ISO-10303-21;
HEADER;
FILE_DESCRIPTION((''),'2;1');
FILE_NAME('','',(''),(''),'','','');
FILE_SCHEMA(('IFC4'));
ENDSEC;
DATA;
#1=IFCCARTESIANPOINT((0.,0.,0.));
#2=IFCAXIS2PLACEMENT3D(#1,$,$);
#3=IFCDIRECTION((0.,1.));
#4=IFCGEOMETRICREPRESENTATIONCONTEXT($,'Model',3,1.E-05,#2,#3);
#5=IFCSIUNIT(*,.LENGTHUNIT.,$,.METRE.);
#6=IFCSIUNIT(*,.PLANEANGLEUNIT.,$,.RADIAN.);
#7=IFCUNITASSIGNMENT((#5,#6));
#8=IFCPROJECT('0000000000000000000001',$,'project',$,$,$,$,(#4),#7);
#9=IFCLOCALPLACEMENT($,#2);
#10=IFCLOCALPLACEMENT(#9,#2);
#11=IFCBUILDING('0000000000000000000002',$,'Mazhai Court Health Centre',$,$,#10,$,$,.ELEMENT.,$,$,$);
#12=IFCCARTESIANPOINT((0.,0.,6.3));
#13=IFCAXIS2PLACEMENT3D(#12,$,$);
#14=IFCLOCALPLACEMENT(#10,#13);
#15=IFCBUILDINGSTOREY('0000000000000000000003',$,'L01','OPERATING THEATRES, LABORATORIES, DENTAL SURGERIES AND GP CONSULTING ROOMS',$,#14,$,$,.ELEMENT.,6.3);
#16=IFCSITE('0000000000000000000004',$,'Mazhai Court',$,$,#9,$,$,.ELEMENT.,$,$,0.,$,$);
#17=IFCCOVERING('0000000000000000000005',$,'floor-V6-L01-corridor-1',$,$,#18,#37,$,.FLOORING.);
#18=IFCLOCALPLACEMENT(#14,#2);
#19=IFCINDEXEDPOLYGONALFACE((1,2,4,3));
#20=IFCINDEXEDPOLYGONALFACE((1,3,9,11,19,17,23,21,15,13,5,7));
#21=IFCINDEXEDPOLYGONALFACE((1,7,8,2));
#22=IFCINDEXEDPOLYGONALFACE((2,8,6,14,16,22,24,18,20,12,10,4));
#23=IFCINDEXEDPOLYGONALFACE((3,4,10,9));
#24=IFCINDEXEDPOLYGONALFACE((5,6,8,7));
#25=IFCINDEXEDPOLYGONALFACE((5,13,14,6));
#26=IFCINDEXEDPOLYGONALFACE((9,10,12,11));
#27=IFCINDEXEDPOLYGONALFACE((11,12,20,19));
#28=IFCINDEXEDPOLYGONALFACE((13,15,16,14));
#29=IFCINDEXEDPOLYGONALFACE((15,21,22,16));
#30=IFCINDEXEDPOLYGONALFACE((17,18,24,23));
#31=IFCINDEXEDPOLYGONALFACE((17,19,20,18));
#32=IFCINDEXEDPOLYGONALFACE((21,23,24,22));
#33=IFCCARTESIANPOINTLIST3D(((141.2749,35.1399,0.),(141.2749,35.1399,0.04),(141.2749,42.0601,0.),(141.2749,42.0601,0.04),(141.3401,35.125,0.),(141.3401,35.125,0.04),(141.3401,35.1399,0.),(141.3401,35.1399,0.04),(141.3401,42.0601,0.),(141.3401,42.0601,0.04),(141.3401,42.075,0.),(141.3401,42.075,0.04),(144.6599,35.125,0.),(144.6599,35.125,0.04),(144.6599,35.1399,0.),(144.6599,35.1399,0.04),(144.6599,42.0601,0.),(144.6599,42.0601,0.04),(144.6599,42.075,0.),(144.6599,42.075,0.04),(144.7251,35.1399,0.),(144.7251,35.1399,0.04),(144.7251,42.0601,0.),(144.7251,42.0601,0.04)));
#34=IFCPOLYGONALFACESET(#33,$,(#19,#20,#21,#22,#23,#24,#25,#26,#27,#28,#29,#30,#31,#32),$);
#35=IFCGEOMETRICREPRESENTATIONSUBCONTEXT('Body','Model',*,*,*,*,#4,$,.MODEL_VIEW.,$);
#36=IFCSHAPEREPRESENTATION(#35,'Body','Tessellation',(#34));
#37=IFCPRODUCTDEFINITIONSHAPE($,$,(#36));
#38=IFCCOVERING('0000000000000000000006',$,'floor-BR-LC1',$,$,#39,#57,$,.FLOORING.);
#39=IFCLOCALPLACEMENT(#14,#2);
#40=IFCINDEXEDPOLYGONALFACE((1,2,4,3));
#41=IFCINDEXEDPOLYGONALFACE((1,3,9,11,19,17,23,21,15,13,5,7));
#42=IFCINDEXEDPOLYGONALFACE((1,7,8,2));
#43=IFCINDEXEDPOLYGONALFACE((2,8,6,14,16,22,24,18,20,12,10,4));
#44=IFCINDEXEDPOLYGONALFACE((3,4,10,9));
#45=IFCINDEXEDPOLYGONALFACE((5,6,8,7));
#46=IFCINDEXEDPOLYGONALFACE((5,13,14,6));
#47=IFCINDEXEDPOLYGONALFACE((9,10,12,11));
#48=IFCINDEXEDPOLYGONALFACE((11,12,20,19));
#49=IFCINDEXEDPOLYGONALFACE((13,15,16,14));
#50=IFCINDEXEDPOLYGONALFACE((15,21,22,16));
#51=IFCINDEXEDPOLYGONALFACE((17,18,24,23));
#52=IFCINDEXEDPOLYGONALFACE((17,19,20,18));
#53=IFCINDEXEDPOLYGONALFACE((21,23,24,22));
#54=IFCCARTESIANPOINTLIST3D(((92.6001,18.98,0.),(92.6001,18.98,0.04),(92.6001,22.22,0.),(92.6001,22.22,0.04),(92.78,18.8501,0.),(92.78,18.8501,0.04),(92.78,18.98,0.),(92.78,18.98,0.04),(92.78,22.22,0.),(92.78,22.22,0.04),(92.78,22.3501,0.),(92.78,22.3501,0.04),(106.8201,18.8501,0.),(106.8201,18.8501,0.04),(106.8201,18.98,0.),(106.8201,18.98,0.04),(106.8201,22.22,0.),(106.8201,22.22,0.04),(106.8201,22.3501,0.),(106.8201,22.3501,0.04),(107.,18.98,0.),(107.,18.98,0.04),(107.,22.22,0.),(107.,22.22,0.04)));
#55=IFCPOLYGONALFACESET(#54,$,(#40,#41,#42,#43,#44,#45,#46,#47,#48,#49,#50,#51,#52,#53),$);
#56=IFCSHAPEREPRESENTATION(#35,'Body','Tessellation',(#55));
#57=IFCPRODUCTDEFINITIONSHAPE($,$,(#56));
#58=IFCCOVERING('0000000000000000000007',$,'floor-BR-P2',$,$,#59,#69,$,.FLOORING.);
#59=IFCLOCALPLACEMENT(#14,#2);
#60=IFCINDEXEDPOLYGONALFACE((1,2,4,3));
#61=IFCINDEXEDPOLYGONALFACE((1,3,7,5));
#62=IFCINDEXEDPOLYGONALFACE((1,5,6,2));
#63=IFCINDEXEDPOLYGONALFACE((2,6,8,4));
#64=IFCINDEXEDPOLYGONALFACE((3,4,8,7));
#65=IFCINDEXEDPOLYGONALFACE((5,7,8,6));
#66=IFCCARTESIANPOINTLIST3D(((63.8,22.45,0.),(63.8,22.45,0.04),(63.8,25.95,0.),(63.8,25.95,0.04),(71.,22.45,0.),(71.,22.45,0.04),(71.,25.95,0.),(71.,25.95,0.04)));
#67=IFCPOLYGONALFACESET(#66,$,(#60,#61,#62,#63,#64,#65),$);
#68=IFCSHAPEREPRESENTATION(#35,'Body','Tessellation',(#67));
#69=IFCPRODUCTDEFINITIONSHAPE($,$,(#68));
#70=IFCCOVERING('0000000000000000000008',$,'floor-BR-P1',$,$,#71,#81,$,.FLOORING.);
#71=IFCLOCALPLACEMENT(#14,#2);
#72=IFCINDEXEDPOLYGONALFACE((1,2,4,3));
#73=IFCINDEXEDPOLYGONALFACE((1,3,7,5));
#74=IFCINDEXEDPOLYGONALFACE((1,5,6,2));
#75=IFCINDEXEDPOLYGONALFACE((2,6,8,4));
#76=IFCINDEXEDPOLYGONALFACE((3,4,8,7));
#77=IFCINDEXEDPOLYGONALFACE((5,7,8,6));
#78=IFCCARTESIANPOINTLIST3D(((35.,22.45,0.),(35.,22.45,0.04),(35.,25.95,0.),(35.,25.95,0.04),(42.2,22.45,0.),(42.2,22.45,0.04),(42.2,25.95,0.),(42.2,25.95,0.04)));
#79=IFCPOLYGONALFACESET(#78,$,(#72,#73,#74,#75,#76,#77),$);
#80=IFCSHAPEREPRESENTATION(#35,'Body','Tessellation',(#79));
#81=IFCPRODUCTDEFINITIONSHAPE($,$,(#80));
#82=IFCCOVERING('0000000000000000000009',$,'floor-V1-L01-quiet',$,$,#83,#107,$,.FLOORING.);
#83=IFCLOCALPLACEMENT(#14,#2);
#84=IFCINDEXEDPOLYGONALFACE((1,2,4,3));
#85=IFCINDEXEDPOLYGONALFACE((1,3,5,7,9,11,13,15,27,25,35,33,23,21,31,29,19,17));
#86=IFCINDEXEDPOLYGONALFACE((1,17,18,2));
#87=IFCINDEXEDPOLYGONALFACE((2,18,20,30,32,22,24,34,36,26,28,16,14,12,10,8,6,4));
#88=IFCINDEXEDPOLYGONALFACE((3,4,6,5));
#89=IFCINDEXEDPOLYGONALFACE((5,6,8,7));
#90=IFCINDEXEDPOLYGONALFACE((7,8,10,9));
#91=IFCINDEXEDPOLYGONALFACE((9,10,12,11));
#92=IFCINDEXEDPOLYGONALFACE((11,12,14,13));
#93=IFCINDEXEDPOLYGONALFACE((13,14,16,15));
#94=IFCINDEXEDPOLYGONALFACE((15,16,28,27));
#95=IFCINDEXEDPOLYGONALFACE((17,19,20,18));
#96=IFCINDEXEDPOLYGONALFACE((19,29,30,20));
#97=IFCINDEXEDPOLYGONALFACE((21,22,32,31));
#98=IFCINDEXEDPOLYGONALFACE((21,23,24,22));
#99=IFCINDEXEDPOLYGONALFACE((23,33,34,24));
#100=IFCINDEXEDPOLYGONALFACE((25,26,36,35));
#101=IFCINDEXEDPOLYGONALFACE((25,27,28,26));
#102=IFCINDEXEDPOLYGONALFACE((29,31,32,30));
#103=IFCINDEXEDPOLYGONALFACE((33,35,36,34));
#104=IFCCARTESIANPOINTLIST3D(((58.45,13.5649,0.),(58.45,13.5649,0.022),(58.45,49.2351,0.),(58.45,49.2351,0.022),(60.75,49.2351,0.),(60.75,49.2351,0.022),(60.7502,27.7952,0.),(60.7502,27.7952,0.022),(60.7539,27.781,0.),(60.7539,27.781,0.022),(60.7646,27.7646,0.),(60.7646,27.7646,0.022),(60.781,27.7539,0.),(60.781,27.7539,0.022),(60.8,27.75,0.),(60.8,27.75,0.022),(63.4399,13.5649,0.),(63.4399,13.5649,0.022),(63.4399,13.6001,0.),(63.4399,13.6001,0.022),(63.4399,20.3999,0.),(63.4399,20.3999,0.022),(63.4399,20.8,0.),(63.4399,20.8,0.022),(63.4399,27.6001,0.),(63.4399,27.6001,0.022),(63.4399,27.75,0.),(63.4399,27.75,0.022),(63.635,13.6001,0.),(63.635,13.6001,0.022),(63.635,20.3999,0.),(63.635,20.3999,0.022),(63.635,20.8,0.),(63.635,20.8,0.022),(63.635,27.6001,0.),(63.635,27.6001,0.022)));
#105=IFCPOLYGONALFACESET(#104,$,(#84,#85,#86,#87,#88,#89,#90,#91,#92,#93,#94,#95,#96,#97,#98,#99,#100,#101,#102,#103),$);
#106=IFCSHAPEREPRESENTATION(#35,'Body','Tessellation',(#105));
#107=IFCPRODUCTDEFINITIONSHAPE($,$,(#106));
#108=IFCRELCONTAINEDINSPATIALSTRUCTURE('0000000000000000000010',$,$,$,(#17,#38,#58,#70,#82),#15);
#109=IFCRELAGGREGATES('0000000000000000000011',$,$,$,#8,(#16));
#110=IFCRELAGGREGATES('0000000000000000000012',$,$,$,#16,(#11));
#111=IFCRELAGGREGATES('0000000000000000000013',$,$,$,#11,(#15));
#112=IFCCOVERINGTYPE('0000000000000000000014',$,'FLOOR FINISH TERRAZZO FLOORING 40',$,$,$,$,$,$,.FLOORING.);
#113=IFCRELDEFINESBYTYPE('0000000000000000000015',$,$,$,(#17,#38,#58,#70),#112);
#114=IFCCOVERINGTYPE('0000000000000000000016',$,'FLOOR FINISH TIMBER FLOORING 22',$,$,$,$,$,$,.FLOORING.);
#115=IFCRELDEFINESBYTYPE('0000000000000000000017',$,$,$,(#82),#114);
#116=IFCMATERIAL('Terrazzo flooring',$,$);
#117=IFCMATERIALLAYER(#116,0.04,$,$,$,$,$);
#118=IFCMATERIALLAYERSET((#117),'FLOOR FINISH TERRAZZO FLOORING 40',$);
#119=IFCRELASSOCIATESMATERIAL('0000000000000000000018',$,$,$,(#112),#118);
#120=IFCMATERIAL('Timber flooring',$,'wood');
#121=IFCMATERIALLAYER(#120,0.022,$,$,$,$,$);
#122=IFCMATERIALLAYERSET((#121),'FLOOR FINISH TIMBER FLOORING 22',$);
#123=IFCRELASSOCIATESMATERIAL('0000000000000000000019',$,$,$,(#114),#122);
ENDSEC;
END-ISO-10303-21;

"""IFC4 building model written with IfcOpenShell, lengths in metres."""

from ifc_helpers import new_model, si_unit, direction, frame, origin, place, context, subcontext, project, spatial, polyline, outline, extrude, material, layer, layer_set, type_object, element, save


model = new_model("IFC4")

# Units and contexts
model_context = context("Model", 3, precision=1e-05, world=origin(), true_north=direction((0.0, 1.0)))
body_context = subcontext(model_context, "Body", "Model", "MODEL_VIEW")
ifc_project = project(units=[si_unit("LENGTHUNIT", "METRE"), si_unit("PLANEANGLEUNIT", "RADIAN")], contexts=[model_context])

# Site, building, storey
site_placement = place(None, origin())
site = spatial("IfcSite", under=ifc_project, at=site_placement, Name="Mazhai Court", CompositionType="ELEMENT", RefElevation=0.0)
building_placement = place(site_placement, origin())
building = spatial("IfcBuilding", under=site, at=building_placement, Name="Mazhai Court Health Centre", CompositionType="ELEMENT")
storey_placement = place(building_placement, frame((0.0, 0.0, 6.3)))
storey = spatial("IfcBuildingStorey", under=building, at=storey_placement, Name="L01", Description="OPERATING THEATRES, LABORATORIES, DENTAL SURGERIES AND GP CONSULTING ROOMS", CompositionType="ELEMENT", Elevation=6.3)

# Coverings
ifc_material_1 = material(Name="Terrazzo flooring")
ifc_layer_1 = layer(ifc_material_1, 0.04)
ifc_layer_set_1 = layer_set([ifc_layer_1], Name="FLOOR FINISH TERRAZZO FLOORING 40")
covering_type_1 = type_object("IfcCoveringType", Name="FLOOR FINISH TERRAZZO FLOORING 40", PredefinedType="FLOORING", material=ifc_layer_set_1)
covering_1_placement = place(storey_placement, origin())
element("IfcCovering", 1, at=covering_1_placement, inside=storey, type_object=covering_type_1, Name="floor-V6-L01-corridor-1", PredefinedType="FLOORING", context=body_context, shape_type="SweptSolid", body=[
    extrude(outline(polyline([(144.6599, 35.125), (144.6599, 35.1399), (144.7251, 35.1399), (144.7251, 42.0601), (144.6599, 42.0601), (144.6599, 42.075), (141.3401, 42.075), (141.3401, 42.0601), (141.2749, 42.0601), (141.2749, 35.1399), (141.3401, 35.1399), (141.3401, 35.125), (144.6599, 35.125)])), origin(), (0.0, 0.0, 1.0), 0.04),
])
covering_2_placement = place(storey_placement, origin())
element("IfcCovering", 2, at=covering_2_placement, inside=storey, type_object=covering_type_1, Name="floor-BR-LC1", PredefinedType="FLOORING", context=body_context, shape_type="SweptSolid", body=[
    extrude(outline(polyline([(107.0, 18.98), (106.8201, 18.98), (106.8201, 18.8501), (92.78, 18.8501), (92.78, 18.98), (92.6001, 18.98), (92.6001, 22.22), (92.78, 22.22), (92.78, 22.3501), (106.8201, 22.3501), (106.8201, 22.22), (107.0, 22.22), (107.0, 18.98)])), origin(), (0.0, 0.0, 1.0), 0.04),
])
covering_3_placement = place(storey_placement, origin())
element("IfcCovering", 3, at=covering_3_placement, inside=storey, type_object=covering_type_1, Name="floor-BR-P2", PredefinedType="FLOORING", context=body_context, shape_type="SweptSolid", body=[
    extrude(outline(polyline([(63.8, 22.45), (63.8, 25.95), (71.0, 25.95), (71.0, 22.45), (63.8, 22.45)])), origin(), (0.0, 0.0, 1.0), 0.04),
])
covering_4_placement = place(storey_placement, origin())
element("IfcCovering", 4, at=covering_4_placement, inside=storey, type_object=covering_type_1, Name="floor-BR-P1", PredefinedType="FLOORING", context=body_context, shape_type="SweptSolid", body=[
    extrude(outline(polyline([(35.0, 22.45), (35.0, 25.95), (42.2, 25.95), (42.2, 22.45), (35.0, 22.45)])), origin(), (0.0, 0.0, 1.0), 0.04),
])
ifc_material_2 = material(Name="Timber flooring", Category="wood")
ifc_layer_2 = layer(ifc_material_2, 0.022)
ifc_layer_set_2 = layer_set([ifc_layer_2], Name="FLOOR FINISH TIMBER FLOORING 22")
covering_type_2 = type_object("IfcCoveringType", Name="FLOOR FINISH TIMBER FLOORING 22", PredefinedType="FLOORING", material=ifc_layer_set_2)
covering_5_placement = place(storey_placement, origin())
element("IfcCovering", 5, at=covering_5_placement, inside=storey, type_object=covering_type_2, Name="floor-V1-L01-quiet", PredefinedType="FLOORING", context=body_context, shape_type="SweptSolid", body=[
    extrude(outline(polyline([(63.4399, 13.5649), (63.4399, 13.6001), (63.635, 13.6001), (63.635, 20.3999), (63.4399, 20.3999), (63.4399, 20.8), (63.635, 20.8), (63.635, 27.6001), (63.4399, 27.6001), (63.4399, 27.75), (60.8, 27.75), (60.781, 27.7539), (60.7646, 27.7646), (60.7539, 27.781), (60.7502, 27.7952), (60.75, 49.2351), (58.45, 49.2351), (58.45, 13.5649), (63.4399, 13.5649)])), origin(), (0.0, 0.0, 1.0), 0.022),
])

save(model, "model.ifc")
